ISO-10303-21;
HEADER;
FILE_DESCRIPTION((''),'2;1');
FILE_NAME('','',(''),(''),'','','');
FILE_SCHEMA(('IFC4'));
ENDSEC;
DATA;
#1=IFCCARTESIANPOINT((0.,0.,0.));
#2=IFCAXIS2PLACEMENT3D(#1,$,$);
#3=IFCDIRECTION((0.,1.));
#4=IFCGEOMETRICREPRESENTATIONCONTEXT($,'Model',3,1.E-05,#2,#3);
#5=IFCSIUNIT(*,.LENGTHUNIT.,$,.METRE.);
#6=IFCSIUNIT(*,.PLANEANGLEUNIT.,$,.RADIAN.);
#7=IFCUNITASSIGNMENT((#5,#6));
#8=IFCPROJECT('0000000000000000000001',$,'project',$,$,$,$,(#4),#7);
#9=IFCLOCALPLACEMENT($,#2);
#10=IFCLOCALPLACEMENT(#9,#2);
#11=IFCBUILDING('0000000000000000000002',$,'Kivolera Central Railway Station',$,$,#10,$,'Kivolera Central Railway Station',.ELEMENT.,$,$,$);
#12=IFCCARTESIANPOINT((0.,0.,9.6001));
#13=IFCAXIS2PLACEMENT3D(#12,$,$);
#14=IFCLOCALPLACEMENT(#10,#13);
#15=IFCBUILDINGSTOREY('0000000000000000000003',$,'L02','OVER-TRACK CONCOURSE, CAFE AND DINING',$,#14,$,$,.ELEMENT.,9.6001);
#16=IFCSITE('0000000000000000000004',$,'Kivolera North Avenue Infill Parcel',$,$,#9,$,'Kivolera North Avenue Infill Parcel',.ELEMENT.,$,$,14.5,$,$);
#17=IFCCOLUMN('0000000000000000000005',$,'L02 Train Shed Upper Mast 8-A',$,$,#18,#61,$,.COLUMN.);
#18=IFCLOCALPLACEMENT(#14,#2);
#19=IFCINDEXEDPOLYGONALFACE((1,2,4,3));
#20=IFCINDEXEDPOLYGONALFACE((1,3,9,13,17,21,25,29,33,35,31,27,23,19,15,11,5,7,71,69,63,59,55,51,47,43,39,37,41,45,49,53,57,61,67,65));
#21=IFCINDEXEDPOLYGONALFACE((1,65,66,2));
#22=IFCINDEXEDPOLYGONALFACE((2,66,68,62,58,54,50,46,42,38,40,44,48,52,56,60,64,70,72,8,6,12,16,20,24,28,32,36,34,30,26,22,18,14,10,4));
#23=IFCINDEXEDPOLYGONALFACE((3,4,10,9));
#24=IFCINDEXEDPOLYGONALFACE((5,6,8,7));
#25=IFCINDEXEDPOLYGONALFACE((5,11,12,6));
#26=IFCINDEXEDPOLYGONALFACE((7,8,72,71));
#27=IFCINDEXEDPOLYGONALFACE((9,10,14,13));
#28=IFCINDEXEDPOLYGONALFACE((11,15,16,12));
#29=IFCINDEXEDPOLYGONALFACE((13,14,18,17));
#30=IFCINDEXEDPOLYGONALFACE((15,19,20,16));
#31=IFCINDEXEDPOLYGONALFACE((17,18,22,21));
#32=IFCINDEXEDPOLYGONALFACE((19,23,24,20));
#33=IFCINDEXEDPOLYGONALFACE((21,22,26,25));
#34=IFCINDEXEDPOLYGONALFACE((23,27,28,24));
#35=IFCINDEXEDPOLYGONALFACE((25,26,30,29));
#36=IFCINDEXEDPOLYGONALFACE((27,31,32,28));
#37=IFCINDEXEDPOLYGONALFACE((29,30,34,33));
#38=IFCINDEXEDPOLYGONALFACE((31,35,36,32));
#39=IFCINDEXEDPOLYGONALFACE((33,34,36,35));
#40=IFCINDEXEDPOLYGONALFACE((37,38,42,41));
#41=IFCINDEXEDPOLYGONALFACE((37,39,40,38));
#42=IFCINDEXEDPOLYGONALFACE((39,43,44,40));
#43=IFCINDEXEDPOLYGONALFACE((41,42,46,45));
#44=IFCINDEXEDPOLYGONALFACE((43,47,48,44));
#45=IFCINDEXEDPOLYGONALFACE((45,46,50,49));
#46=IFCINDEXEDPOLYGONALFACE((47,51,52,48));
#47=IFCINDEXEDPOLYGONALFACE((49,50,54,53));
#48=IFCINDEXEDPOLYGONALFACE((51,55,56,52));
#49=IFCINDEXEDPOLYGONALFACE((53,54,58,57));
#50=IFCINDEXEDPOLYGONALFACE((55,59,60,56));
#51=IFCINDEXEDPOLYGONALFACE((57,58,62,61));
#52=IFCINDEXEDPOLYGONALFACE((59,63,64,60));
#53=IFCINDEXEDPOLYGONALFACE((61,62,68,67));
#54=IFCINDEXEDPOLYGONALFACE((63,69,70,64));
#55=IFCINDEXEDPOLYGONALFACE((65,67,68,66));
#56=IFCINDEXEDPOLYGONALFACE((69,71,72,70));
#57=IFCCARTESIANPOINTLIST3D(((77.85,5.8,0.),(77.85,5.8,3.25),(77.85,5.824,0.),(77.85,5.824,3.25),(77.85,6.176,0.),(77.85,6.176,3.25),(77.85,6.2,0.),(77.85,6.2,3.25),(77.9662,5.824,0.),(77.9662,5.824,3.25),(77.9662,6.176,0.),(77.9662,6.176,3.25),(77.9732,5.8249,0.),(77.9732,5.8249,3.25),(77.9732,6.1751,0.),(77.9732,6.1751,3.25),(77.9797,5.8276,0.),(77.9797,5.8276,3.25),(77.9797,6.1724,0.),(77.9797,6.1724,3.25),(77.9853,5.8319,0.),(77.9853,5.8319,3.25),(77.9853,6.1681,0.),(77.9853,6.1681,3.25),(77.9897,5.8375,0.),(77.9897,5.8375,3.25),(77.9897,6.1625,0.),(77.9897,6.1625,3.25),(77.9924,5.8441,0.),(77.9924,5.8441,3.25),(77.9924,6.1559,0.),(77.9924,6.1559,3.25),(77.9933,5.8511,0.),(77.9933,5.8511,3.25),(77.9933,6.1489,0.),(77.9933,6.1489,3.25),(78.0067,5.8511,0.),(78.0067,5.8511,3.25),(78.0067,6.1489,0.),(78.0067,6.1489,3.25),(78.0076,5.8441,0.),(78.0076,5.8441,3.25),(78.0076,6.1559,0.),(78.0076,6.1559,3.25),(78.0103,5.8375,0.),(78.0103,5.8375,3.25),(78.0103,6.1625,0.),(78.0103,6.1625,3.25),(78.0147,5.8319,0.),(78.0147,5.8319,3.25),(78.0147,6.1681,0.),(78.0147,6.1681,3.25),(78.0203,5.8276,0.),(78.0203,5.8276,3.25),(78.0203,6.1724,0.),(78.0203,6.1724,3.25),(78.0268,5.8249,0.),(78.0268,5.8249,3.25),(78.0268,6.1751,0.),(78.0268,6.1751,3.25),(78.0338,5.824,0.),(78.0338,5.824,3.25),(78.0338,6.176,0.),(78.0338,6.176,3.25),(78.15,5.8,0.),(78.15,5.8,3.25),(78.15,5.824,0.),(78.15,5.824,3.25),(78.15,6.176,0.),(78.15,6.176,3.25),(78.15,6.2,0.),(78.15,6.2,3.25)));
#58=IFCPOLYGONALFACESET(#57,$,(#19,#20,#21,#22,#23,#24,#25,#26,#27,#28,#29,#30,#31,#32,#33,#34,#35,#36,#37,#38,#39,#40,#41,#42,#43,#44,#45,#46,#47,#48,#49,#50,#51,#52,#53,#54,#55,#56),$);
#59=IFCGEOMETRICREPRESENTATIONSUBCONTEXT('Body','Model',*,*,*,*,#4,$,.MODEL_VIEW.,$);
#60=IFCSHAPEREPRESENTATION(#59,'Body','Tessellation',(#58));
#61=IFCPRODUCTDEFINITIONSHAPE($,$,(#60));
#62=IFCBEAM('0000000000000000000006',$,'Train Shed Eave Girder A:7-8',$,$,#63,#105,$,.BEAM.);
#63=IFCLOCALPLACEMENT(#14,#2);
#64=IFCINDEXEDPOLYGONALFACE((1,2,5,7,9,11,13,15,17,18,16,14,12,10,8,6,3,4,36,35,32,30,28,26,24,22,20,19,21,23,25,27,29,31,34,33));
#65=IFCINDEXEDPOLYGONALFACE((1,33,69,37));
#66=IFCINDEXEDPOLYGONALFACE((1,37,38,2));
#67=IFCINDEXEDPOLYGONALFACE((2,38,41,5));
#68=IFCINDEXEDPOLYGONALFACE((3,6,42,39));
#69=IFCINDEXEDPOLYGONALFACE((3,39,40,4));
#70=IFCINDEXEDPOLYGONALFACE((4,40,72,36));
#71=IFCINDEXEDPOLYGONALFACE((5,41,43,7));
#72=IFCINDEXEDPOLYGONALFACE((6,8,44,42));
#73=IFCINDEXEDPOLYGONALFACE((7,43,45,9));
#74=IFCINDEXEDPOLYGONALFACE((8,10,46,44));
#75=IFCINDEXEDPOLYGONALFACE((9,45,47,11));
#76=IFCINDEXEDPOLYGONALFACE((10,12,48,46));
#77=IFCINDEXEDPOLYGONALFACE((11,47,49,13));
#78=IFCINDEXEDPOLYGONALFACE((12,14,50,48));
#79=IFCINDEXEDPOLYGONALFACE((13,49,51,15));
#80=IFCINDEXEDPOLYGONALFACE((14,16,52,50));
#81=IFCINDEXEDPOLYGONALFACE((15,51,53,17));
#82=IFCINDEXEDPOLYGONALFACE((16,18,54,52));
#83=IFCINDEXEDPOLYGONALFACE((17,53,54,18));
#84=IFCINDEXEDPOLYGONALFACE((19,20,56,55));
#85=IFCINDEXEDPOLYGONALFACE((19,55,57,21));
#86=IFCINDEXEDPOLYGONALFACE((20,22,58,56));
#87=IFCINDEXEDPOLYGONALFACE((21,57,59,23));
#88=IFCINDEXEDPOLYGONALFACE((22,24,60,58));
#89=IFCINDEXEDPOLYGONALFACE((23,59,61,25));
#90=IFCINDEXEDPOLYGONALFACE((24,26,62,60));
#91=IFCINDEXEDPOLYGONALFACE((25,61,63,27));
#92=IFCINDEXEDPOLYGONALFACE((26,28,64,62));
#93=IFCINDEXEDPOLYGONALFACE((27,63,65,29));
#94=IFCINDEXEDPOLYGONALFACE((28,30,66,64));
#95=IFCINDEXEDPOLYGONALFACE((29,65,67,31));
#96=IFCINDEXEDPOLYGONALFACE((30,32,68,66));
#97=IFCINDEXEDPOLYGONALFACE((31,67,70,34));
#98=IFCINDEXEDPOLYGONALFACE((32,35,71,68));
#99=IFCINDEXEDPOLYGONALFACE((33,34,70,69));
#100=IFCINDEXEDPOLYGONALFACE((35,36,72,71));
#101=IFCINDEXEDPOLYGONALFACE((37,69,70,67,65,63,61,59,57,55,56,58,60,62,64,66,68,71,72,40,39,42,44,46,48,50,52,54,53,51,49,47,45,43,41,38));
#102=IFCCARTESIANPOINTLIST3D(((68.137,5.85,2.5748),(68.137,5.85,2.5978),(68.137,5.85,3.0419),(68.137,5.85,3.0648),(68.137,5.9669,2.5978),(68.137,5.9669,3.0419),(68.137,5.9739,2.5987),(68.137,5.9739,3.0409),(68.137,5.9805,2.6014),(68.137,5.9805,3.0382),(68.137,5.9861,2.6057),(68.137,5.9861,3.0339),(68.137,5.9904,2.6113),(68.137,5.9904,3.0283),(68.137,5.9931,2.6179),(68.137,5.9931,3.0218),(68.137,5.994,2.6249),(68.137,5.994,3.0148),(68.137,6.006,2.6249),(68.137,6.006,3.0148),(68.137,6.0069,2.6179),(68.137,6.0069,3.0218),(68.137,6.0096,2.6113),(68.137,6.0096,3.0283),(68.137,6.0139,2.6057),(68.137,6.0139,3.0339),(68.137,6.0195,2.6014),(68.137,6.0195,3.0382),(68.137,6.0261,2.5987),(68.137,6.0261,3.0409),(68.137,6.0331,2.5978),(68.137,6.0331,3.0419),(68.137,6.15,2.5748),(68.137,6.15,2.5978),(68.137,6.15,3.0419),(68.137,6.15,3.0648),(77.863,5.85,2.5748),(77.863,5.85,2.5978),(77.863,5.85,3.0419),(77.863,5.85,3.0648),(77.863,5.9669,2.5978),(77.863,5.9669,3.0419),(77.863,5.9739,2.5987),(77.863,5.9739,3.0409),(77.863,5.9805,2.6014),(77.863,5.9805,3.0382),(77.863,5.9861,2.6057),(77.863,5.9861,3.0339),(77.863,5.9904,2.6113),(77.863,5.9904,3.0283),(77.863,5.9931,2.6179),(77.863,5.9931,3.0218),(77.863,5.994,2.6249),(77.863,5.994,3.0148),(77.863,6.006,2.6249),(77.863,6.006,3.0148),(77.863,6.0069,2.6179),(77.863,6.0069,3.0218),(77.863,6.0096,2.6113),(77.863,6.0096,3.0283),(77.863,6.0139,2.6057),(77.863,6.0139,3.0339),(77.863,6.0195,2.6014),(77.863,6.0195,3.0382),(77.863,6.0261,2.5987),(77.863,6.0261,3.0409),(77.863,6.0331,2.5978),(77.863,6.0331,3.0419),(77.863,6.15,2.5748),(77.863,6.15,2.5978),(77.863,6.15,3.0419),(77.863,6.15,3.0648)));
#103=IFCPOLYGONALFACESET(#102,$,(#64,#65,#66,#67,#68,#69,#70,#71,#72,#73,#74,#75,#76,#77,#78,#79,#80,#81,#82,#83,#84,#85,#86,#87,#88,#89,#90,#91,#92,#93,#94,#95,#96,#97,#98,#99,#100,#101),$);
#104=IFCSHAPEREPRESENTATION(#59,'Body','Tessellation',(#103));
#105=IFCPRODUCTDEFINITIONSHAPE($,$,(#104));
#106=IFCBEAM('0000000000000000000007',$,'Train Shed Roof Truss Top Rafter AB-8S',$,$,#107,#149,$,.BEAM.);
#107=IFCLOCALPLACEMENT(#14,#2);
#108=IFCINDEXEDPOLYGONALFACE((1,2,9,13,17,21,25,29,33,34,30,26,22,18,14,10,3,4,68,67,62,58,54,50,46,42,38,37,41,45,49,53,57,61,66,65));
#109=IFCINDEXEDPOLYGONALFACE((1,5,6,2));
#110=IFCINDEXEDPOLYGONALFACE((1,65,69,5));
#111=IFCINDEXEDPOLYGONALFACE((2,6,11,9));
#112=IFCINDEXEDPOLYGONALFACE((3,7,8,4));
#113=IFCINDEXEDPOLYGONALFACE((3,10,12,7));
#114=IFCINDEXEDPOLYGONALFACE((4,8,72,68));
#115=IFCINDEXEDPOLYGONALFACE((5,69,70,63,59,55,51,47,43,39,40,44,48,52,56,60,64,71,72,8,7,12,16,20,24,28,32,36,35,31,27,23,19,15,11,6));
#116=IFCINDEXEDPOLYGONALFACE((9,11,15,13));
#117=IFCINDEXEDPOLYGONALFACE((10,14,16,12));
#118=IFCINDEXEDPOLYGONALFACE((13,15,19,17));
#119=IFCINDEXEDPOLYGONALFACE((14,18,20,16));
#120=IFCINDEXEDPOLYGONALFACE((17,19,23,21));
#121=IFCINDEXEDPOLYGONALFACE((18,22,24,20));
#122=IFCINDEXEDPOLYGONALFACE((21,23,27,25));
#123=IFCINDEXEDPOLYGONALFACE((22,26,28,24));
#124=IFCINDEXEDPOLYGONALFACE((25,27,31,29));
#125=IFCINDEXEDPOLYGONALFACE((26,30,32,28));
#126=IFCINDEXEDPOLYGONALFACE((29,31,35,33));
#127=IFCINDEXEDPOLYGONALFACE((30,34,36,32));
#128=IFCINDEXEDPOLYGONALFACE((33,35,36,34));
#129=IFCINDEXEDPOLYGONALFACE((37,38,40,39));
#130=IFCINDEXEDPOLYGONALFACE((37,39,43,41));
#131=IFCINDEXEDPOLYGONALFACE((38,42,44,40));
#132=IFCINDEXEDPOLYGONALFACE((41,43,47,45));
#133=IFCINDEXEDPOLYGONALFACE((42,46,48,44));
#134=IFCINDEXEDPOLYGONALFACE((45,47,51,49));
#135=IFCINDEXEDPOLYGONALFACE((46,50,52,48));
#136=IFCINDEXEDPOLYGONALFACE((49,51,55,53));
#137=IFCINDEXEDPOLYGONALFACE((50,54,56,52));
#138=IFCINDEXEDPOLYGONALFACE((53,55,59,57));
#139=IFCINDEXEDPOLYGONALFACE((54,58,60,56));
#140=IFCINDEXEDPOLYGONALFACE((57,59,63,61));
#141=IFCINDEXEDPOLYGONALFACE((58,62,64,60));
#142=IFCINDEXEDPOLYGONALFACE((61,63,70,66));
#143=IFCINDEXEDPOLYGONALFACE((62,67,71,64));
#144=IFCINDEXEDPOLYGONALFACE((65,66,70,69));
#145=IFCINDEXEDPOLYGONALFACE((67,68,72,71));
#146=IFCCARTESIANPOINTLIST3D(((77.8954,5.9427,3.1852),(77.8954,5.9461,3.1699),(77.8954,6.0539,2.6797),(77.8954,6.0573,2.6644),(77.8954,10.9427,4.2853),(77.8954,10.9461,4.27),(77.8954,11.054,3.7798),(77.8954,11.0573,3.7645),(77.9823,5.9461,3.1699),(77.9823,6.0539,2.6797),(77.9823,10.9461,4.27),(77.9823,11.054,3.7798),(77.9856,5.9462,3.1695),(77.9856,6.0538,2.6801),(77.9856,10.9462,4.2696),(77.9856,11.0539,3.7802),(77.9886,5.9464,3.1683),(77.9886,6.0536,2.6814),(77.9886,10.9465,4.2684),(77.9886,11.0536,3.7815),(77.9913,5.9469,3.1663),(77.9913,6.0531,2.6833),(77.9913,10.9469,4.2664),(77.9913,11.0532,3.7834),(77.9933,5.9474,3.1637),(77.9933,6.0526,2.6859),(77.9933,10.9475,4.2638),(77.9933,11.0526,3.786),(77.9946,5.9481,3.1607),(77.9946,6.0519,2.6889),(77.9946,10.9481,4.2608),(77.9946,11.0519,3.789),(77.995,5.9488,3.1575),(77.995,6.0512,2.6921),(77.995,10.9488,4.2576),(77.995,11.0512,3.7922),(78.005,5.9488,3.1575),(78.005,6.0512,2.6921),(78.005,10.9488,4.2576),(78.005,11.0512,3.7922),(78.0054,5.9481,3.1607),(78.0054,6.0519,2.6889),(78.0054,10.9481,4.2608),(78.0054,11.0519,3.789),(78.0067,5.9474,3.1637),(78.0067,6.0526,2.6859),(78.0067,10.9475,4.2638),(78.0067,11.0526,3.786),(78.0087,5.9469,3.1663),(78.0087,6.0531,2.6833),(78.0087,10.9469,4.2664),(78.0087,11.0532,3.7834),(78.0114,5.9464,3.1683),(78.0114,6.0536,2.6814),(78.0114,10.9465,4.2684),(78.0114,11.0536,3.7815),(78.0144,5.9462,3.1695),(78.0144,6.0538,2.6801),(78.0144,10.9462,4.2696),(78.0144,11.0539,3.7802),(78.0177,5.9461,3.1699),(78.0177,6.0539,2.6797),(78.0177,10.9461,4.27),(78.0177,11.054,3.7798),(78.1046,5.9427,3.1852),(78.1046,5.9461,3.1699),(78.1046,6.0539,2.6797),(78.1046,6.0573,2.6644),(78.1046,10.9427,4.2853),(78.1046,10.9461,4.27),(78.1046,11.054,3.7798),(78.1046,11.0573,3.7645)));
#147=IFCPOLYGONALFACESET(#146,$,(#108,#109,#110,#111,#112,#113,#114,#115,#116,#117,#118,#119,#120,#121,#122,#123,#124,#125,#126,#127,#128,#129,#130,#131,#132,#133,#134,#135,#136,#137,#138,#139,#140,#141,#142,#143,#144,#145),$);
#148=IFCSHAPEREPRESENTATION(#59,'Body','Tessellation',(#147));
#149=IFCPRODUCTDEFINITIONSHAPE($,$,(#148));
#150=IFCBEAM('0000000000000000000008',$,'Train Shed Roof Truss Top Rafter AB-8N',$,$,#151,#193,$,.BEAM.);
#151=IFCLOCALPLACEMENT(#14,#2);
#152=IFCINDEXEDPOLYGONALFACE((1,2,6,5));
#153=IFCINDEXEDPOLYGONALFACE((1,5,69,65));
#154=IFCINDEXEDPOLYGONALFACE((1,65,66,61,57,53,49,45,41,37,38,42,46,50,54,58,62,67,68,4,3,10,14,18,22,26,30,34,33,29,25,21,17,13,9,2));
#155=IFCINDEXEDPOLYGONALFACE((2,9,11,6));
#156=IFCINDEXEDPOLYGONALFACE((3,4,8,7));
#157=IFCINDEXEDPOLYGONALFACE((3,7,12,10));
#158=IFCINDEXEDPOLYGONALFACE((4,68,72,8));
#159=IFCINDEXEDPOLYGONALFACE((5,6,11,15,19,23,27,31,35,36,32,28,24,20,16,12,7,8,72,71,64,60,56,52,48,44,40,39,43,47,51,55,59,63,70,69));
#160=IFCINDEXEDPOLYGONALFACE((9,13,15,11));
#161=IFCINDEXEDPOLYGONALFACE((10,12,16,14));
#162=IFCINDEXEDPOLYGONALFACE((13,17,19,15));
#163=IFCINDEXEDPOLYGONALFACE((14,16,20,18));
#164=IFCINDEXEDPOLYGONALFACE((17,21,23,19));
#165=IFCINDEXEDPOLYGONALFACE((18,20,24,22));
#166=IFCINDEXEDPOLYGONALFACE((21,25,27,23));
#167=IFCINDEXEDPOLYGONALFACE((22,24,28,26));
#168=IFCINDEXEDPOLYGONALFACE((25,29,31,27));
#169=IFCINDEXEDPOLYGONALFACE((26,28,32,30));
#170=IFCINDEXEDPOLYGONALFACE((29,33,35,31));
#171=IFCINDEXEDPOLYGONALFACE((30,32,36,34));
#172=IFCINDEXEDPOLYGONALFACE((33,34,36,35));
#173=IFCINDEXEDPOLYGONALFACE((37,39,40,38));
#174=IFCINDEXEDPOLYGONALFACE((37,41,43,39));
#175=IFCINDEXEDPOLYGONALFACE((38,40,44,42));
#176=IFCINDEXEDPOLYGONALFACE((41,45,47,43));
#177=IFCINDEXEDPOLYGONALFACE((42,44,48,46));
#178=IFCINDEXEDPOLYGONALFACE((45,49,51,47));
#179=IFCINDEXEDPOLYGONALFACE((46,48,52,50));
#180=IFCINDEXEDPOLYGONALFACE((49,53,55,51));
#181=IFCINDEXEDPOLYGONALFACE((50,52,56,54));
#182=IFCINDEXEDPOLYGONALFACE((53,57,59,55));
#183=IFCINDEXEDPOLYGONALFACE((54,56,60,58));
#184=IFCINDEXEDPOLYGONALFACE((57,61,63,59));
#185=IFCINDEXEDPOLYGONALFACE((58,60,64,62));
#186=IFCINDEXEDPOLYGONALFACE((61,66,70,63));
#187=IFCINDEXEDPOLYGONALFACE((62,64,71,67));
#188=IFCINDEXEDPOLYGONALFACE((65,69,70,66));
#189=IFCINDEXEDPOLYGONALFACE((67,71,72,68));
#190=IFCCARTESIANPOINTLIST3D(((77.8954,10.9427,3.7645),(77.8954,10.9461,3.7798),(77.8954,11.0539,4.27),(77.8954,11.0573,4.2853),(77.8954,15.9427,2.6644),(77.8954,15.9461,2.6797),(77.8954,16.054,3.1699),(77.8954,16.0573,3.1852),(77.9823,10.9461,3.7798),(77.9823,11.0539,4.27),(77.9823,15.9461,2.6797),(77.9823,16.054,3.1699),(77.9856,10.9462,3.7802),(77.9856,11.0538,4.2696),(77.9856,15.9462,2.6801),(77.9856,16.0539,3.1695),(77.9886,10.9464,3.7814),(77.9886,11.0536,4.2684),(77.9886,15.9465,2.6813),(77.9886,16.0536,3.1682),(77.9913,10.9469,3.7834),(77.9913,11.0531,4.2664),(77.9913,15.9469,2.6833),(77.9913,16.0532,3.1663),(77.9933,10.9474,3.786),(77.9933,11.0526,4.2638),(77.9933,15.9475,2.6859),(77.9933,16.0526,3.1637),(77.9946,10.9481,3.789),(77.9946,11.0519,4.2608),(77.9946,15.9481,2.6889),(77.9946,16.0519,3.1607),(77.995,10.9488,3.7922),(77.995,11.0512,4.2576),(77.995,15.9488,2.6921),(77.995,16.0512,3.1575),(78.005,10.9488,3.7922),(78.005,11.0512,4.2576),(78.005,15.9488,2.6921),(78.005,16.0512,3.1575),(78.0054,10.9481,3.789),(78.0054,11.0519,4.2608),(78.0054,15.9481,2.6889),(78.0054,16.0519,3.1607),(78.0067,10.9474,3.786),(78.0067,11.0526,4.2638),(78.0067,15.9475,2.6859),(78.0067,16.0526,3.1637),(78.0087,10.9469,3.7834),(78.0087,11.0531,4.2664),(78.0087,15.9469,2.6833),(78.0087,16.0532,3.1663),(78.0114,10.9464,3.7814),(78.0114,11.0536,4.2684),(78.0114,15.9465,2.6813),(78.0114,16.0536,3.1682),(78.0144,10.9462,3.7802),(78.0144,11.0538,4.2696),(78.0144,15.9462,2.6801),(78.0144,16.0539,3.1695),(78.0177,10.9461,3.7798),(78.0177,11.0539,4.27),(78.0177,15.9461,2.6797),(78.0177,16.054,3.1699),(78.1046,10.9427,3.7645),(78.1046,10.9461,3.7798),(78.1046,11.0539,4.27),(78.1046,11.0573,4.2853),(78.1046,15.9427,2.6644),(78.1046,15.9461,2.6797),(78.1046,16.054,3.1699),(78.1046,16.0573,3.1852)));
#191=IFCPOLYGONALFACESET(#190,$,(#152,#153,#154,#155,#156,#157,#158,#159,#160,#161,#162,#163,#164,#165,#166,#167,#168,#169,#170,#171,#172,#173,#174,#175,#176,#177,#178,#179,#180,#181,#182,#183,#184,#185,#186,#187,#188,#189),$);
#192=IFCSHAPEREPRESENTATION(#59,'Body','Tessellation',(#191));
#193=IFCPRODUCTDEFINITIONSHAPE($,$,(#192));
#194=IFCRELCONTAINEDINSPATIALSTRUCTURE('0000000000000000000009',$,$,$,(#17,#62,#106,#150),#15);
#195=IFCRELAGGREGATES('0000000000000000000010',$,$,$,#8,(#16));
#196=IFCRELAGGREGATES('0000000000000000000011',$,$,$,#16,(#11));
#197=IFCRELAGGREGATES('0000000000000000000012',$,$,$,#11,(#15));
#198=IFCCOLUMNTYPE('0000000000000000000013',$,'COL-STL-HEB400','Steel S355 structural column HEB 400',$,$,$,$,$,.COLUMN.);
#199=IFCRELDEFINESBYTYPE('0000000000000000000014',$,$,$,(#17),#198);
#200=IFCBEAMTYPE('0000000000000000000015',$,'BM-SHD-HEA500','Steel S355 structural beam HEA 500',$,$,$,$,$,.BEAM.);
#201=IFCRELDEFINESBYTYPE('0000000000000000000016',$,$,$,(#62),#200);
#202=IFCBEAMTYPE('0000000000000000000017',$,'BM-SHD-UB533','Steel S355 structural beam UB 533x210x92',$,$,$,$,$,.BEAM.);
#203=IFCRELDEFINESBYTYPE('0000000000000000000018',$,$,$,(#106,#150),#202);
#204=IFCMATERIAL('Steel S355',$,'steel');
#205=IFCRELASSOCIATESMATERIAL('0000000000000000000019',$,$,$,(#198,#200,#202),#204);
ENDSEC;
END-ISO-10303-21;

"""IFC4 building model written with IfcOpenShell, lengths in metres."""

from ifc_helpers import new_model, si_unit, direction, frame, origin, origin_2d, place, context, subcontext, project, spatial, i_section, extrude, material, material_profile, profile_set, type_object, element, save


model = new_model("IFC4")

# Units and contexts
model_context = context("Model", 3, precision=1e-05, world=origin(), true_north=direction((0.0, 1.0)))
body_context = subcontext(model_context, "Body", "Model", "MODEL_VIEW")
ifc_project = project(units=[si_unit("LENGTHUNIT", "METRE"), si_unit("PLANEANGLEUNIT", "RADIAN")], contexts=[model_context])

# Site, building, storey
site_placement = place(None, origin())
site = spatial("IfcSite", under=ifc_project, at=site_placement, Name="Kivolera North Avenue Infill Parcel", LongName="Kivolera North Avenue Infill Parcel", CompositionType="ELEMENT", RefElevation=14.5)
building_placement = place(site_placement, origin())
building = spatial("IfcBuilding", under=site, at=building_placement, Name="Kivolera Central Railway Station", LongName="Kivolera Central Railway Station", CompositionType="ELEMENT")
storey_placement = place(building_placement, frame((0.0, 0.0, 9.6001)))
storey = spatial("IfcBuildingStorey", under=building, at=storey_placement, Name="L02", Description="OVER-TRACK CONCOURSE, CAFE AND DINING", CompositionType="ELEMENT", Elevation=9.6001)

# Column
ifc_material_1 = material(Name="Steel S355", Category="steel")
ifc_material_profile_1 = material_profile(ifc_material_1, i_section(OverallWidth=0.3, OverallDepth=0.3999, WebThickness=0.0134, FlangeThickness=0.0239, FilletRadius=0.0271, at=origin_2d()), Name="HEB 400")
ifc_profile_set_1 = profile_set([ifc_material_profile_1], Name="Steel S355")
column_type = type_object("IfcColumnType", Name="COL-STL-HEB400", Description="Steel S355 structural column HEB 400", PredefinedType="COLUMN", material=ifc_profile_set_1)
column_placement = place(storey_placement, frame((78.0, 6.0, 0.0), z_axis=(0.0, 0.0, 1.0), x_axis=(1.0, 0.0, 0.0)))
element("IfcColumn", 1, at=column_placement, inside=storey, type_object=column_type, Name="L02 Train Shed Upper Mast 8-A", PredefinedType="COLUMN", context=body_context, shape_type="SweptSolid", body=[
    extrude(i_section(OverallWidth=0.3, OverallDepth=0.3999, WebThickness=0.0134, FlangeThickness=0.0239, FilletRadius=0.0271, at=origin_2d()), origin(), (0.0, 0.0, 1.0), 3.25),
])

# Beams
ifc_material_profile_2 = material_profile(ifc_material_1, i_section(OverallWidth=0.3, OverallDepth=0.49, WebThickness=0.012, FlangeThickness=0.0229, FilletRadius=0.0271, at=origin_2d()), Name="HEA 500")
ifc_profile_set_2 = profile_set([ifc_material_profile_2], Name="Steel S355")
beam_type_1 = type_object("IfcBeamType", Name="BM-SHD-HEA500", Description="Steel S355 structural beam HEA 500", PredefinedType="BEAM", material=ifc_profile_set_2)
beam_placement = place(storey_placement, frame((68.137, 6.0, 2.8198), z_axis=(1.0, 0.0, 0.0), x_axis=(0.0, 1.0, 0.0)))
element("IfcBeam", 2, at=beam_placement, inside=storey, type_object=beam_type_1, Name="Train Shed Eave Girder A:7-8", PredefinedType="BEAM", context=body_context, shape_type="SweptSolid", body=[
    extrude(i_section(OverallWidth=0.3, OverallDepth=0.49, WebThickness=0.012, FlangeThickness=0.0229, FilletRadius=0.0271, at=origin_2d()), origin(), (0.0, 0.0, 1.0), 9.7261),
])
ifc_material_profile_3 = material_profile(ifc_material_1, i_section(OverallWidth=0.2092, OverallDepth=0.5332, WebThickness=0.01, FlangeThickness=0.0156, FilletRadius=0.0127, at=origin_2d()), Name="UB 533x210x92")
ifc_profile_set_3 = profile_set([ifc_material_profile_3], Name="Steel S355")
beam_type_2 = type_object("IfcBeamType", Name="BM-SHD-UB533", Description="Steel S355 structural beam UB 533x210x92", PredefinedType="BEAM", material=ifc_profile_set_3)
for number, where, z_axis, x_axis, name in (
    (3, (78.0, 6.0, 2.9248), (0.0, 0.97664, 0.21488), (-1.0, 0.0, 0.0), "Train Shed Roof Truss Top Rafter AB-8S"),
    (4, (78.0, 11.0, 4.0249), (0.0, 0.97664, -0.21488), (-1.0, 0.0, 0.0), "Train Shed Roof Truss Top Rafter AB-8N"),
):
    element("IfcBeam", number, at=place(storey_placement, frame(where, z_axis=z_axis, x_axis=x_axis)), inside=storey, type_object=beam_type_2, Name=name, PredefinedType="BEAM", context=body_context, shape_type="SweptSolid", body=[
        extrude(i_section(OverallWidth=0.2092, OverallDepth=0.5332, WebThickness=0.01, FlangeThickness=0.0156, FilletRadius=0.0127, at=origin_2d()), origin(), (0.0, 0.0, 1.0), 5.1196),
    ])

save(model, "model.ifc")
